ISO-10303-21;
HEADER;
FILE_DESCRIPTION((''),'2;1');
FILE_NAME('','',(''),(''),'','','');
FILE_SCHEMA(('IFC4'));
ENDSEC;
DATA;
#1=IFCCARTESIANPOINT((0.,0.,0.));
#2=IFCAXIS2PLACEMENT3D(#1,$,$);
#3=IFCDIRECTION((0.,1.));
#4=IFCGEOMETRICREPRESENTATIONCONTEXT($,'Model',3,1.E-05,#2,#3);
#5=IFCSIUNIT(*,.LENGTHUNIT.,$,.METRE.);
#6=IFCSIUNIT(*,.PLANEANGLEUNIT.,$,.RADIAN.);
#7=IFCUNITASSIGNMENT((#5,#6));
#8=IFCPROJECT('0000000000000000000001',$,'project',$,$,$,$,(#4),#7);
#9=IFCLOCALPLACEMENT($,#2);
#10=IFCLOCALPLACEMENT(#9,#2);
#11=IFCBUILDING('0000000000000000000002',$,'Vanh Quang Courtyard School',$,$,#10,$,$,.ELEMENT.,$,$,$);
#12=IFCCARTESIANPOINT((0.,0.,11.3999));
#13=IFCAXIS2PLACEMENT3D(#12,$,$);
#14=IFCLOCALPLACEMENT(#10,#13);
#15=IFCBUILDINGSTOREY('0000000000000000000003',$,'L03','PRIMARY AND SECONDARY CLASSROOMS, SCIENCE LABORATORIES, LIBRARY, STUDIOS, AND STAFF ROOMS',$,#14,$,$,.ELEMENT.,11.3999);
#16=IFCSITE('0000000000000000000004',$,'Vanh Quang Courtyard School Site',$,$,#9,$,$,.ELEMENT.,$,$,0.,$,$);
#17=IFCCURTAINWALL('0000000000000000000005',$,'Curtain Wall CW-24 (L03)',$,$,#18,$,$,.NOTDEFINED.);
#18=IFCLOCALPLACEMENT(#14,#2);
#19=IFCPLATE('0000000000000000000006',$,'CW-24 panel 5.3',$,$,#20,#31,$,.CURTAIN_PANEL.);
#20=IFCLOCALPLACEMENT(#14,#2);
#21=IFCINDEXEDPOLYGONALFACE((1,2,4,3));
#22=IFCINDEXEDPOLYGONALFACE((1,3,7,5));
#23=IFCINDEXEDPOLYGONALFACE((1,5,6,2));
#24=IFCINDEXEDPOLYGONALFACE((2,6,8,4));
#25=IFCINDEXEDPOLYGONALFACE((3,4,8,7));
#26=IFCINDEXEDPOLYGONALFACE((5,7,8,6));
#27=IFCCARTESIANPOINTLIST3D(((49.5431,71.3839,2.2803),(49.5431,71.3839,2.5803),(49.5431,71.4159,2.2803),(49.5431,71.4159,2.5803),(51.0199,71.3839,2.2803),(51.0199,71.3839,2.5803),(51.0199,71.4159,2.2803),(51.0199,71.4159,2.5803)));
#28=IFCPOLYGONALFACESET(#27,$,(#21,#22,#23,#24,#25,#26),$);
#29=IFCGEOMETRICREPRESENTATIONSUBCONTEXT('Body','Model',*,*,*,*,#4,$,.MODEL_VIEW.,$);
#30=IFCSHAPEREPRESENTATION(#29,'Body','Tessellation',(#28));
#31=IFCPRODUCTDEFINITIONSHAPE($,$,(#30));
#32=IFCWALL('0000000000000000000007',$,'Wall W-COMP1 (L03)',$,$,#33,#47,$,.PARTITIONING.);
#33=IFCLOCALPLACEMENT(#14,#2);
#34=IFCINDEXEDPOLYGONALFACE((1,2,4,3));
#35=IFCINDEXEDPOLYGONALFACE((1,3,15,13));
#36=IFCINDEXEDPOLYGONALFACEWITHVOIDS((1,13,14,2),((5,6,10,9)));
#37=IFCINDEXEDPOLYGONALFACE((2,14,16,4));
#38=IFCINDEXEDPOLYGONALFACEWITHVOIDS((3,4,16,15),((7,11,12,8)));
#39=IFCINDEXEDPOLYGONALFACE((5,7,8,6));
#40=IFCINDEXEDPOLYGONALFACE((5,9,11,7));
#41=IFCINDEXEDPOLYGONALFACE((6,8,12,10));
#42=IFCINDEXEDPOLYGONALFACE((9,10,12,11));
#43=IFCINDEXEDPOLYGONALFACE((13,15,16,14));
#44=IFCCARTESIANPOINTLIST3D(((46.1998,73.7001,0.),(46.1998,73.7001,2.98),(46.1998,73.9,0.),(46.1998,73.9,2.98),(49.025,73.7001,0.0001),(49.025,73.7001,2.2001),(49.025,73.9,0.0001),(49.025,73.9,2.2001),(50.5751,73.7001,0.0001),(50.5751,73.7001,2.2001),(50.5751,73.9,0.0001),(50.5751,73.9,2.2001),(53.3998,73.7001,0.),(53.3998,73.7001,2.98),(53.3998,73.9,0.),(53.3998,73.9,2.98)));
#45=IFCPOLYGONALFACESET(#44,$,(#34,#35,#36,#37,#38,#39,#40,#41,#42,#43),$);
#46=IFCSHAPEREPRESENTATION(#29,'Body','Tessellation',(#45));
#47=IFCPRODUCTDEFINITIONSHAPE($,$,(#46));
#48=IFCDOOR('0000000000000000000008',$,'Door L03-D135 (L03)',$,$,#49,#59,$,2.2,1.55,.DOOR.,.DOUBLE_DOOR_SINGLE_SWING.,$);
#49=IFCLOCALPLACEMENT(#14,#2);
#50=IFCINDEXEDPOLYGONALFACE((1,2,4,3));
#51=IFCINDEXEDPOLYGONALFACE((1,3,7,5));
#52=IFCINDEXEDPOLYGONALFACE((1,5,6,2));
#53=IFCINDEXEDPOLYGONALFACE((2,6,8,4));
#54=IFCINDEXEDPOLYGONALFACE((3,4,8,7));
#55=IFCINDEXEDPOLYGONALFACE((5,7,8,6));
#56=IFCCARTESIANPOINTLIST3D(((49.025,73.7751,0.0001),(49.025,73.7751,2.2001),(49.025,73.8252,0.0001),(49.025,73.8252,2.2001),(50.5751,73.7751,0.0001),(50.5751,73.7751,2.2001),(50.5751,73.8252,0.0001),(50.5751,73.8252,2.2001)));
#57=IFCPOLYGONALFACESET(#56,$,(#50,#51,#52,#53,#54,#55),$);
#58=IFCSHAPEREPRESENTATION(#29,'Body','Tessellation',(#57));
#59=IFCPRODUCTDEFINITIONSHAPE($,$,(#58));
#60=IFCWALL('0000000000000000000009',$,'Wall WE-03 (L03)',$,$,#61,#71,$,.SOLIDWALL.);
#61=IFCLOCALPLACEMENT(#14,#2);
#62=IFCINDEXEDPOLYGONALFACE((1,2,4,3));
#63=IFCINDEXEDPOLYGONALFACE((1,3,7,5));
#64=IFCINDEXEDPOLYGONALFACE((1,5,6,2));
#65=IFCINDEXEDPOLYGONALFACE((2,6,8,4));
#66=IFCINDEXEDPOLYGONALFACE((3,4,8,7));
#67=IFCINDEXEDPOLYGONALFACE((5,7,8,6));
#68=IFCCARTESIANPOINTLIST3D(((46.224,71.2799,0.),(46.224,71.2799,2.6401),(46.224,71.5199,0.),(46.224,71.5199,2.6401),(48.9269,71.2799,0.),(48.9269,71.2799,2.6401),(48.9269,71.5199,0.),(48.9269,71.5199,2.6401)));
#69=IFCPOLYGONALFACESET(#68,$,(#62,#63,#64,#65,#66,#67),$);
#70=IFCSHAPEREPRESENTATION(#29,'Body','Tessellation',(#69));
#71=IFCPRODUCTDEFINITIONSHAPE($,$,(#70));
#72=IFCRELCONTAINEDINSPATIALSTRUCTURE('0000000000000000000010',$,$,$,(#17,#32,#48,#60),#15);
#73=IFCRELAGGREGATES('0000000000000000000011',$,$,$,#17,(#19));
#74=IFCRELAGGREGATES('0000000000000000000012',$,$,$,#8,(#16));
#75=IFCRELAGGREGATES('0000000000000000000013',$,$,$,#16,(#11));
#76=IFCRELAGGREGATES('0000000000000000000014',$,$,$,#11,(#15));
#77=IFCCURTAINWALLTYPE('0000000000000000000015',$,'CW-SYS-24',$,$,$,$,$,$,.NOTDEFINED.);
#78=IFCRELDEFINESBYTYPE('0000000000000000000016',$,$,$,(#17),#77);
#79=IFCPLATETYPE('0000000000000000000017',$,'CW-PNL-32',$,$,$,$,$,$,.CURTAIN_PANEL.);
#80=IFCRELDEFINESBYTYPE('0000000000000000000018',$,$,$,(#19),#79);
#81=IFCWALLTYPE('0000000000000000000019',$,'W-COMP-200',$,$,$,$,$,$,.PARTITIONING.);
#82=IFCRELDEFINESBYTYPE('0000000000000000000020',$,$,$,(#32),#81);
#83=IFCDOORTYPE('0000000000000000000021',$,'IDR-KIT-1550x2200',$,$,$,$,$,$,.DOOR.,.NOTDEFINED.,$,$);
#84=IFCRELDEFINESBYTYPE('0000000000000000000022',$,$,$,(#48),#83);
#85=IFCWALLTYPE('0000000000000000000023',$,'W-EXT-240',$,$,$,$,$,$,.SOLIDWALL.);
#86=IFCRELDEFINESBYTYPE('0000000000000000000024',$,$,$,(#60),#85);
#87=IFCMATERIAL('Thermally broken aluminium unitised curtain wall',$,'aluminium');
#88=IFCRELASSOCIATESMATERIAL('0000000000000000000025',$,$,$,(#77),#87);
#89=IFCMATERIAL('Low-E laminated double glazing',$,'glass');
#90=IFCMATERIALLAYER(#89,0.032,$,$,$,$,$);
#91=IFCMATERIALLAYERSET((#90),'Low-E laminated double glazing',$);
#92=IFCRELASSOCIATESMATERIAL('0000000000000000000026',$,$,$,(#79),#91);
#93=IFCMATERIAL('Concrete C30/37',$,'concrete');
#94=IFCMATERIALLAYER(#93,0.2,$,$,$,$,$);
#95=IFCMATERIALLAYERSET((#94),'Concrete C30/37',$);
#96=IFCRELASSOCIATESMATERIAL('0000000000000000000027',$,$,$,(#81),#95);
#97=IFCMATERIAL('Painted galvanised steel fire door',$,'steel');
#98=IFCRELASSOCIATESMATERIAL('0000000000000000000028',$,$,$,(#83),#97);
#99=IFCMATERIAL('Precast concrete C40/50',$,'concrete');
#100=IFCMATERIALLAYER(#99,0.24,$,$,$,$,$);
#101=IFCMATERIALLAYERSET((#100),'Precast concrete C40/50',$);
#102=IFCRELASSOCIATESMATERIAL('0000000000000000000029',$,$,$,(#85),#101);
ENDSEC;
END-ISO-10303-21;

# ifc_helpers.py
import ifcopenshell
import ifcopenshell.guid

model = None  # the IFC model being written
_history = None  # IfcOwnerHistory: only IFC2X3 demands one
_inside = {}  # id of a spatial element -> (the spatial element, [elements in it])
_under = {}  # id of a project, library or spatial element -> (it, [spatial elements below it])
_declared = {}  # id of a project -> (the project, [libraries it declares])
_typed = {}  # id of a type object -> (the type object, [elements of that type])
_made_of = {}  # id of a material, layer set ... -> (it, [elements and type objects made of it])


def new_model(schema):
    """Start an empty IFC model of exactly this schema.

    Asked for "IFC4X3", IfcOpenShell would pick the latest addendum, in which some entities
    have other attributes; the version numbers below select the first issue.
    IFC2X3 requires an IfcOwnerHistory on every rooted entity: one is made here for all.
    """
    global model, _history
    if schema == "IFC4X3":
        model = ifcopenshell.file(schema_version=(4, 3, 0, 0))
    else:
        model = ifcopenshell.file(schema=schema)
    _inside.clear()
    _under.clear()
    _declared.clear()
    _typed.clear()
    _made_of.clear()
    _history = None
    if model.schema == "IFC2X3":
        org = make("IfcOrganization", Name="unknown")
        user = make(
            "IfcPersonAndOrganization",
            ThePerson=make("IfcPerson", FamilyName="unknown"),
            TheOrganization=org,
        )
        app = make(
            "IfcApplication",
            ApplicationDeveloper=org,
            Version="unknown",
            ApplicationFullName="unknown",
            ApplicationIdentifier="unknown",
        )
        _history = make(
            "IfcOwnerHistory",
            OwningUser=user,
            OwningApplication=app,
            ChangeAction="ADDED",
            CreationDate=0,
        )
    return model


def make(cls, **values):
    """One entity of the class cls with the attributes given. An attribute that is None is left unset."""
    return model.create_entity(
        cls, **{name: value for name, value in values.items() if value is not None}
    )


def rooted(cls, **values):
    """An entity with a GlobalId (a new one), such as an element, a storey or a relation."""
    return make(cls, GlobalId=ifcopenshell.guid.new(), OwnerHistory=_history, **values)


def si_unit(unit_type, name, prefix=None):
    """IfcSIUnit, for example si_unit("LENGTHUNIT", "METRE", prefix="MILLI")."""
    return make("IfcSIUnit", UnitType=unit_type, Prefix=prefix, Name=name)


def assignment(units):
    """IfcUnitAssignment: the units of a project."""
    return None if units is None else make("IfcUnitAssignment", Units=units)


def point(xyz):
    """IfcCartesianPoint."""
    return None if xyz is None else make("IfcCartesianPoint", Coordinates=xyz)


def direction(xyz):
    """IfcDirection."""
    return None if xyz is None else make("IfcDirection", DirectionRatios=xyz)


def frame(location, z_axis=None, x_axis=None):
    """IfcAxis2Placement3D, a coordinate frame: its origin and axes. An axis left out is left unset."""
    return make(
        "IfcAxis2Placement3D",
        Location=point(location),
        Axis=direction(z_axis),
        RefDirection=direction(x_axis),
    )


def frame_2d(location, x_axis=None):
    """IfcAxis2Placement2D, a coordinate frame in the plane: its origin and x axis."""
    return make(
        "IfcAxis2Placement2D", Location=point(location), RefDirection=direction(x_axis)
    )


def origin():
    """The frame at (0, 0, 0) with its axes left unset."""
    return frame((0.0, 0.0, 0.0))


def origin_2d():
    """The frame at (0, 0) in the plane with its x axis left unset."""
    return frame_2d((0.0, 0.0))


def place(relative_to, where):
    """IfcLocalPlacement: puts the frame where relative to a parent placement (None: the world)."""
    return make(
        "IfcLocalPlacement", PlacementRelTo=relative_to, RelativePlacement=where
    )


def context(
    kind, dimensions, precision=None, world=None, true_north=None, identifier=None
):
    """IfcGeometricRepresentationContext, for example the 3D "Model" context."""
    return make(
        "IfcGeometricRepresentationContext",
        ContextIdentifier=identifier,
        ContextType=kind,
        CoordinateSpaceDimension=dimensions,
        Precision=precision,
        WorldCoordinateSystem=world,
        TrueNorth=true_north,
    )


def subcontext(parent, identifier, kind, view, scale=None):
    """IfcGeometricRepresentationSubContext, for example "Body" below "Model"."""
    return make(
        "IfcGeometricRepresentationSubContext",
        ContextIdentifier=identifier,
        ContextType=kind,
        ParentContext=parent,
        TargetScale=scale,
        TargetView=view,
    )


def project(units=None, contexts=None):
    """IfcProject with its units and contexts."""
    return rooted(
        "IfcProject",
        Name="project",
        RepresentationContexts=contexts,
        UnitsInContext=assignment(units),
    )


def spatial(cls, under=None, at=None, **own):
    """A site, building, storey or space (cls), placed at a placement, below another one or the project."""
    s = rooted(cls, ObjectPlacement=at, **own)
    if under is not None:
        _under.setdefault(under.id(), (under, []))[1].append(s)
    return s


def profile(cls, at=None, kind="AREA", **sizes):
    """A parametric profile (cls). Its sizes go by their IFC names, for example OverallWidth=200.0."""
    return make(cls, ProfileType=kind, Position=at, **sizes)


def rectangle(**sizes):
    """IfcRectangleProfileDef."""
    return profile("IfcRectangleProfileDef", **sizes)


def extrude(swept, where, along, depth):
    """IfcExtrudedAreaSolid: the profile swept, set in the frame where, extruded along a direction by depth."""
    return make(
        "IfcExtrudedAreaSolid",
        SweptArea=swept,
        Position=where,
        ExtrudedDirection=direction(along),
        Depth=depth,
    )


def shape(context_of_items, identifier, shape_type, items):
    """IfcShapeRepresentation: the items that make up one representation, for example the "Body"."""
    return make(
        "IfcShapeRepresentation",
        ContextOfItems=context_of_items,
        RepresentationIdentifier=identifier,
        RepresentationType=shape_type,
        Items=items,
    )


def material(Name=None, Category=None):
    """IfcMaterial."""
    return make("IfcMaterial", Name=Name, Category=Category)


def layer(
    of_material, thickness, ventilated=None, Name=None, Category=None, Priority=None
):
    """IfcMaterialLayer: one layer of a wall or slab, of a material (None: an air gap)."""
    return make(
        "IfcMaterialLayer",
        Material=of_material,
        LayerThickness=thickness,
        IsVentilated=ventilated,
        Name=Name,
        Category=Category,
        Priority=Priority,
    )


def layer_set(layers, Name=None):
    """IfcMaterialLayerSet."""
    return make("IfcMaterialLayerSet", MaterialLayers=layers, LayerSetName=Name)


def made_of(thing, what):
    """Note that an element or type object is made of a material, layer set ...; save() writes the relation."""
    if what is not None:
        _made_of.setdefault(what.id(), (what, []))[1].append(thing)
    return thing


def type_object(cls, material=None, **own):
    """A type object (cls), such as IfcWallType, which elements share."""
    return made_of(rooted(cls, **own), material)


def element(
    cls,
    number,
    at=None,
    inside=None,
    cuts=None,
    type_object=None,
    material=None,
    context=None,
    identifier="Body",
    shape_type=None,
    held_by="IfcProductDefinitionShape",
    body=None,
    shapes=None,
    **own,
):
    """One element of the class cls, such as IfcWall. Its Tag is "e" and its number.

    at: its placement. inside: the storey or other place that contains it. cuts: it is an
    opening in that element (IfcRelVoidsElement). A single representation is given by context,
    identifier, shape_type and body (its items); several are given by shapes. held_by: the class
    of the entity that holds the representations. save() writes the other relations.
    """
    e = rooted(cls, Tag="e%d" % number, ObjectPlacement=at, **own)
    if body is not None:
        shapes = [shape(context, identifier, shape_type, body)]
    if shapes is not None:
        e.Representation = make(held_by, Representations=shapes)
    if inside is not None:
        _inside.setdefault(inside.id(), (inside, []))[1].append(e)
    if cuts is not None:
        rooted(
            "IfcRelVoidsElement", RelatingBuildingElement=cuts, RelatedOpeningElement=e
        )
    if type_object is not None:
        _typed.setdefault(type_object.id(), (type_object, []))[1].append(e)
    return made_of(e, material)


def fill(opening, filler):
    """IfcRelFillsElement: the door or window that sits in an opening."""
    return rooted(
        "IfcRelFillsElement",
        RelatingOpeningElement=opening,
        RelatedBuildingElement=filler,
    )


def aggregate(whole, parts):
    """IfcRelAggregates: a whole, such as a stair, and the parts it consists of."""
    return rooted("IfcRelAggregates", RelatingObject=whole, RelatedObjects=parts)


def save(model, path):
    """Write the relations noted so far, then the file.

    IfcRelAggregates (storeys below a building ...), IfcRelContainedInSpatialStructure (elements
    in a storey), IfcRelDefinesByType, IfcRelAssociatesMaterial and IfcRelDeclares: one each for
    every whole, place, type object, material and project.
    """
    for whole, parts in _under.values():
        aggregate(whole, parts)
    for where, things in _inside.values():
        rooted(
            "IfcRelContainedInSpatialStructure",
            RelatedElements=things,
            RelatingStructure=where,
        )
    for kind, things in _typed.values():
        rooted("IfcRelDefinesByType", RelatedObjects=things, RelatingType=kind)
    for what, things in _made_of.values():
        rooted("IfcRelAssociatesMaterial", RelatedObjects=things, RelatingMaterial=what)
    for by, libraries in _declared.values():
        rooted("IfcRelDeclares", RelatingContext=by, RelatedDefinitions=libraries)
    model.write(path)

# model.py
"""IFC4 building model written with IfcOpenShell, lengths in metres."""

from ifc_helpers import new_model, si_unit, direction, frame, frame_2d, origin, origin_2d, place, context, subcontext, project, spatial, rectangle, extrude, material, layer, layer_set, type_object, element, fill, aggregate, save


model = new_model("IFC4")

# Units and contexts
model_context = context("Model", 3, precision=1e-05, world=origin(), true_north=direction((0.0, 1.0)))
body_context = subcontext(model_context, "Body", "Model", "MODEL_VIEW")
ifc_project = project(units=[si_unit("LENGTHUNIT", "METRE"), si_unit("PLANEANGLEUNIT", "RADIAN")], contexts=[model_context])

# Site, building, storey
site_placement = place(None, origin())
site = spatial("IfcSite", under=ifc_project, at=site_placement, Name="Vanh Quang Courtyard School Site", CompositionType="ELEMENT", RefElevation=0.0)
building_placement = place(site_placement, origin())
building = spatial("IfcBuilding", under=site, at=building_placement, Name="Vanh Quang Courtyard School", CompositionType="ELEMENT")
storey_placement = place(building_placement, frame((0.0, 0.0, 11.3999)))
storey = spatial("IfcBuildingStorey", under=building, at=storey_placement, Name="L03", Description="PRIMARY AND SECONDARY CLASSROOMS, SCIENCE LABORATORIES, LIBRARY, STUDIOS, AND STAFF ROOMS", CompositionType="ELEMENT", Elevation=11.3999)

# Curtain wall
ifc_material_1 = material(Name="Thermally broken aluminium unitised curtain wall", Category="aluminium")
curtain_wall_type = type_object("IfcCurtainWallType", Name="CW-SYS-24", PredefinedType="NOTDEFINED", material=ifc_material_1)
curtain_wall_placement = place(storey_placement, origin())
curtain_wall = element("IfcCurtainWall", 1, at=curtain_wall_placement, inside=storey, type_object=curtain_wall_type, Name="Curtain Wall CW-24 (L03)", PredefinedType="NOTDEFINED")

# Shared definitions
ifc_material_2 = material(Name="Concrete C30/37", Category="concrete")

# Plate
ifc_material_3 = material(Name="Low-E laminated double glazing", Category="glass")
ifc_layer_1 = layer(ifc_material_3, 0.032)
ifc_layer_set_1 = layer_set([ifc_layer_1], Name="Low-E laminated double glazing")
plate_type = type_object("IfcPlateType", Name="CW-PNL-32", PredefinedType="CURTAIN_PANEL", material=ifc_layer_set_1)
plate_1_placement = place(storey_placement, frame((50.2815, 71.3999, 2.2803), z_axis=(0.0, 0.0, 1.0), x_axis=(-1.0, 0.0, 0.0)))
plate_1 = element("IfcPlate", 2, at=plate_1_placement, type_object=plate_type, Name="CW-24 panel 5.3", PredefinedType="CURTAIN_PANEL", context=body_context, shape_type="SweptSolid", body=[
    extrude(rectangle(XDim=1.4768, YDim=0.032, at=origin_2d()), origin(), (0.0, 0.0, 1.0), 0.3),
])
aggregate(curtain_wall, [plate_1])

# Wall, opening, door
ifc_layer_2 = layer(ifc_material_2, 0.2)
ifc_layer_set_2 = layer_set([ifc_layer_2], Name="Concrete C30/37")
wall_type_1 = type_object("IfcWallType", Name="W-COMP-200", PredefinedType="PARTITIONING", material=ifc_layer_set_2)
wall_1_placement = place(storey_placement, frame((53.3999, 73.8, 0.0), z_axis=(0.0, 0.0, 1.0), x_axis=(-1.0, 0.0, 0.0)))
wall_1 = element("IfcWall", 3, at=wall_1_placement, inside=storey, type_object=wall_type_1, Name="Wall W-COMP1 (L03)", PredefinedType="PARTITIONING", context=body_context, shape_type="SweptSolid", body=[
    extrude(rectangle(XDim=7.2, YDim=0.2, at=frame_2d((3.6001, 0.0))), origin(), (0.0, 0.0, 1.0), 2.98),
])
opening_placement = place(wall_1_placement, frame((2.825, 0.0, 0.0)))
opening = element("IfcOpeningElement", 4, at=opening_placement, cuts=wall_1, PredefinedType="OPENING", context=body_context, shape_type="SweptSolid", body=[
    extrude(rectangle(XDim=1.55, YDim=2.2, at=frame_2d((0.7749, 1.1001))), frame((0.0, 0.1099, 0.0), z_axis=(0.0, -1.0, 0.0), x_axis=(1.0, 0.0, 0.0)), (0.0, 0.0, 1.0), 0.22),
])
ifc_material_4 = material(Name="Painted galvanised steel fire door", Category="steel")
door_type = type_object("IfcDoorType", Name="IDR-KIT-1550x2200", OperationType="NOTDEFINED", PredefinedType="DOOR", material=ifc_material_4)
door_placement = place(opening_placement, origin())
door = element("IfcDoor", 5, at=door_placement, inside=storey, type_object=door_type, Name="Door L03-D135 (L03)", OperationType="DOUBLE_DOOR_SINGLE_SWING", OverallHeight=2.2, OverallWidth=1.55, PredefinedType="DOOR", context=body_context, shape_type="SweptSolid", body=[
    extrude(rectangle(XDim=1.55, YDim=2.2, at=frame_2d((0.7749, 1.1001))), frame((0.0, 0.0249, 0.0), z_axis=(0.0, -1.0, 0.0), x_axis=(1.0, 0.0, 0.0)), (0.0, 0.0, 1.0), 0.05),
])
fill(opening, door)

# Wall
ifc_material_5 = material(Name="Precast concrete C40/50", Category="concrete")
ifc_layer_3 = layer(ifc_material_5, 0.24)
ifc_layer_set_3 = layer_set([ifc_layer_3], Name="Precast concrete C40/50")
wall_type_2 = type_object("IfcWallType", Name="W-EXT-240", PredefinedType="SOLIDWALL", material=ifc_layer_set_3)
wall_2_placement = place(storey_placement, frame((48.927, 71.3999, 0.0), z_axis=(0.0, 0.0, 1.0), x_axis=(-1.0, 0.0, 0.0)))
element("IfcWall", 6, at=wall_2_placement, inside=storey, type_object=wall_type_2, Name="Wall WE-03 (L03)", PredefinedType="SOLIDWALL", context=body_context, shape_type="SweptSolid", body=[
    extrude(rectangle(XDim=2.7029, YDim=0.24, at=frame_2d((1.3516, 0.0))), origin(), (0.0, 0.0, 1.0), 2.6401),
])

save(model, "model.ifc")
